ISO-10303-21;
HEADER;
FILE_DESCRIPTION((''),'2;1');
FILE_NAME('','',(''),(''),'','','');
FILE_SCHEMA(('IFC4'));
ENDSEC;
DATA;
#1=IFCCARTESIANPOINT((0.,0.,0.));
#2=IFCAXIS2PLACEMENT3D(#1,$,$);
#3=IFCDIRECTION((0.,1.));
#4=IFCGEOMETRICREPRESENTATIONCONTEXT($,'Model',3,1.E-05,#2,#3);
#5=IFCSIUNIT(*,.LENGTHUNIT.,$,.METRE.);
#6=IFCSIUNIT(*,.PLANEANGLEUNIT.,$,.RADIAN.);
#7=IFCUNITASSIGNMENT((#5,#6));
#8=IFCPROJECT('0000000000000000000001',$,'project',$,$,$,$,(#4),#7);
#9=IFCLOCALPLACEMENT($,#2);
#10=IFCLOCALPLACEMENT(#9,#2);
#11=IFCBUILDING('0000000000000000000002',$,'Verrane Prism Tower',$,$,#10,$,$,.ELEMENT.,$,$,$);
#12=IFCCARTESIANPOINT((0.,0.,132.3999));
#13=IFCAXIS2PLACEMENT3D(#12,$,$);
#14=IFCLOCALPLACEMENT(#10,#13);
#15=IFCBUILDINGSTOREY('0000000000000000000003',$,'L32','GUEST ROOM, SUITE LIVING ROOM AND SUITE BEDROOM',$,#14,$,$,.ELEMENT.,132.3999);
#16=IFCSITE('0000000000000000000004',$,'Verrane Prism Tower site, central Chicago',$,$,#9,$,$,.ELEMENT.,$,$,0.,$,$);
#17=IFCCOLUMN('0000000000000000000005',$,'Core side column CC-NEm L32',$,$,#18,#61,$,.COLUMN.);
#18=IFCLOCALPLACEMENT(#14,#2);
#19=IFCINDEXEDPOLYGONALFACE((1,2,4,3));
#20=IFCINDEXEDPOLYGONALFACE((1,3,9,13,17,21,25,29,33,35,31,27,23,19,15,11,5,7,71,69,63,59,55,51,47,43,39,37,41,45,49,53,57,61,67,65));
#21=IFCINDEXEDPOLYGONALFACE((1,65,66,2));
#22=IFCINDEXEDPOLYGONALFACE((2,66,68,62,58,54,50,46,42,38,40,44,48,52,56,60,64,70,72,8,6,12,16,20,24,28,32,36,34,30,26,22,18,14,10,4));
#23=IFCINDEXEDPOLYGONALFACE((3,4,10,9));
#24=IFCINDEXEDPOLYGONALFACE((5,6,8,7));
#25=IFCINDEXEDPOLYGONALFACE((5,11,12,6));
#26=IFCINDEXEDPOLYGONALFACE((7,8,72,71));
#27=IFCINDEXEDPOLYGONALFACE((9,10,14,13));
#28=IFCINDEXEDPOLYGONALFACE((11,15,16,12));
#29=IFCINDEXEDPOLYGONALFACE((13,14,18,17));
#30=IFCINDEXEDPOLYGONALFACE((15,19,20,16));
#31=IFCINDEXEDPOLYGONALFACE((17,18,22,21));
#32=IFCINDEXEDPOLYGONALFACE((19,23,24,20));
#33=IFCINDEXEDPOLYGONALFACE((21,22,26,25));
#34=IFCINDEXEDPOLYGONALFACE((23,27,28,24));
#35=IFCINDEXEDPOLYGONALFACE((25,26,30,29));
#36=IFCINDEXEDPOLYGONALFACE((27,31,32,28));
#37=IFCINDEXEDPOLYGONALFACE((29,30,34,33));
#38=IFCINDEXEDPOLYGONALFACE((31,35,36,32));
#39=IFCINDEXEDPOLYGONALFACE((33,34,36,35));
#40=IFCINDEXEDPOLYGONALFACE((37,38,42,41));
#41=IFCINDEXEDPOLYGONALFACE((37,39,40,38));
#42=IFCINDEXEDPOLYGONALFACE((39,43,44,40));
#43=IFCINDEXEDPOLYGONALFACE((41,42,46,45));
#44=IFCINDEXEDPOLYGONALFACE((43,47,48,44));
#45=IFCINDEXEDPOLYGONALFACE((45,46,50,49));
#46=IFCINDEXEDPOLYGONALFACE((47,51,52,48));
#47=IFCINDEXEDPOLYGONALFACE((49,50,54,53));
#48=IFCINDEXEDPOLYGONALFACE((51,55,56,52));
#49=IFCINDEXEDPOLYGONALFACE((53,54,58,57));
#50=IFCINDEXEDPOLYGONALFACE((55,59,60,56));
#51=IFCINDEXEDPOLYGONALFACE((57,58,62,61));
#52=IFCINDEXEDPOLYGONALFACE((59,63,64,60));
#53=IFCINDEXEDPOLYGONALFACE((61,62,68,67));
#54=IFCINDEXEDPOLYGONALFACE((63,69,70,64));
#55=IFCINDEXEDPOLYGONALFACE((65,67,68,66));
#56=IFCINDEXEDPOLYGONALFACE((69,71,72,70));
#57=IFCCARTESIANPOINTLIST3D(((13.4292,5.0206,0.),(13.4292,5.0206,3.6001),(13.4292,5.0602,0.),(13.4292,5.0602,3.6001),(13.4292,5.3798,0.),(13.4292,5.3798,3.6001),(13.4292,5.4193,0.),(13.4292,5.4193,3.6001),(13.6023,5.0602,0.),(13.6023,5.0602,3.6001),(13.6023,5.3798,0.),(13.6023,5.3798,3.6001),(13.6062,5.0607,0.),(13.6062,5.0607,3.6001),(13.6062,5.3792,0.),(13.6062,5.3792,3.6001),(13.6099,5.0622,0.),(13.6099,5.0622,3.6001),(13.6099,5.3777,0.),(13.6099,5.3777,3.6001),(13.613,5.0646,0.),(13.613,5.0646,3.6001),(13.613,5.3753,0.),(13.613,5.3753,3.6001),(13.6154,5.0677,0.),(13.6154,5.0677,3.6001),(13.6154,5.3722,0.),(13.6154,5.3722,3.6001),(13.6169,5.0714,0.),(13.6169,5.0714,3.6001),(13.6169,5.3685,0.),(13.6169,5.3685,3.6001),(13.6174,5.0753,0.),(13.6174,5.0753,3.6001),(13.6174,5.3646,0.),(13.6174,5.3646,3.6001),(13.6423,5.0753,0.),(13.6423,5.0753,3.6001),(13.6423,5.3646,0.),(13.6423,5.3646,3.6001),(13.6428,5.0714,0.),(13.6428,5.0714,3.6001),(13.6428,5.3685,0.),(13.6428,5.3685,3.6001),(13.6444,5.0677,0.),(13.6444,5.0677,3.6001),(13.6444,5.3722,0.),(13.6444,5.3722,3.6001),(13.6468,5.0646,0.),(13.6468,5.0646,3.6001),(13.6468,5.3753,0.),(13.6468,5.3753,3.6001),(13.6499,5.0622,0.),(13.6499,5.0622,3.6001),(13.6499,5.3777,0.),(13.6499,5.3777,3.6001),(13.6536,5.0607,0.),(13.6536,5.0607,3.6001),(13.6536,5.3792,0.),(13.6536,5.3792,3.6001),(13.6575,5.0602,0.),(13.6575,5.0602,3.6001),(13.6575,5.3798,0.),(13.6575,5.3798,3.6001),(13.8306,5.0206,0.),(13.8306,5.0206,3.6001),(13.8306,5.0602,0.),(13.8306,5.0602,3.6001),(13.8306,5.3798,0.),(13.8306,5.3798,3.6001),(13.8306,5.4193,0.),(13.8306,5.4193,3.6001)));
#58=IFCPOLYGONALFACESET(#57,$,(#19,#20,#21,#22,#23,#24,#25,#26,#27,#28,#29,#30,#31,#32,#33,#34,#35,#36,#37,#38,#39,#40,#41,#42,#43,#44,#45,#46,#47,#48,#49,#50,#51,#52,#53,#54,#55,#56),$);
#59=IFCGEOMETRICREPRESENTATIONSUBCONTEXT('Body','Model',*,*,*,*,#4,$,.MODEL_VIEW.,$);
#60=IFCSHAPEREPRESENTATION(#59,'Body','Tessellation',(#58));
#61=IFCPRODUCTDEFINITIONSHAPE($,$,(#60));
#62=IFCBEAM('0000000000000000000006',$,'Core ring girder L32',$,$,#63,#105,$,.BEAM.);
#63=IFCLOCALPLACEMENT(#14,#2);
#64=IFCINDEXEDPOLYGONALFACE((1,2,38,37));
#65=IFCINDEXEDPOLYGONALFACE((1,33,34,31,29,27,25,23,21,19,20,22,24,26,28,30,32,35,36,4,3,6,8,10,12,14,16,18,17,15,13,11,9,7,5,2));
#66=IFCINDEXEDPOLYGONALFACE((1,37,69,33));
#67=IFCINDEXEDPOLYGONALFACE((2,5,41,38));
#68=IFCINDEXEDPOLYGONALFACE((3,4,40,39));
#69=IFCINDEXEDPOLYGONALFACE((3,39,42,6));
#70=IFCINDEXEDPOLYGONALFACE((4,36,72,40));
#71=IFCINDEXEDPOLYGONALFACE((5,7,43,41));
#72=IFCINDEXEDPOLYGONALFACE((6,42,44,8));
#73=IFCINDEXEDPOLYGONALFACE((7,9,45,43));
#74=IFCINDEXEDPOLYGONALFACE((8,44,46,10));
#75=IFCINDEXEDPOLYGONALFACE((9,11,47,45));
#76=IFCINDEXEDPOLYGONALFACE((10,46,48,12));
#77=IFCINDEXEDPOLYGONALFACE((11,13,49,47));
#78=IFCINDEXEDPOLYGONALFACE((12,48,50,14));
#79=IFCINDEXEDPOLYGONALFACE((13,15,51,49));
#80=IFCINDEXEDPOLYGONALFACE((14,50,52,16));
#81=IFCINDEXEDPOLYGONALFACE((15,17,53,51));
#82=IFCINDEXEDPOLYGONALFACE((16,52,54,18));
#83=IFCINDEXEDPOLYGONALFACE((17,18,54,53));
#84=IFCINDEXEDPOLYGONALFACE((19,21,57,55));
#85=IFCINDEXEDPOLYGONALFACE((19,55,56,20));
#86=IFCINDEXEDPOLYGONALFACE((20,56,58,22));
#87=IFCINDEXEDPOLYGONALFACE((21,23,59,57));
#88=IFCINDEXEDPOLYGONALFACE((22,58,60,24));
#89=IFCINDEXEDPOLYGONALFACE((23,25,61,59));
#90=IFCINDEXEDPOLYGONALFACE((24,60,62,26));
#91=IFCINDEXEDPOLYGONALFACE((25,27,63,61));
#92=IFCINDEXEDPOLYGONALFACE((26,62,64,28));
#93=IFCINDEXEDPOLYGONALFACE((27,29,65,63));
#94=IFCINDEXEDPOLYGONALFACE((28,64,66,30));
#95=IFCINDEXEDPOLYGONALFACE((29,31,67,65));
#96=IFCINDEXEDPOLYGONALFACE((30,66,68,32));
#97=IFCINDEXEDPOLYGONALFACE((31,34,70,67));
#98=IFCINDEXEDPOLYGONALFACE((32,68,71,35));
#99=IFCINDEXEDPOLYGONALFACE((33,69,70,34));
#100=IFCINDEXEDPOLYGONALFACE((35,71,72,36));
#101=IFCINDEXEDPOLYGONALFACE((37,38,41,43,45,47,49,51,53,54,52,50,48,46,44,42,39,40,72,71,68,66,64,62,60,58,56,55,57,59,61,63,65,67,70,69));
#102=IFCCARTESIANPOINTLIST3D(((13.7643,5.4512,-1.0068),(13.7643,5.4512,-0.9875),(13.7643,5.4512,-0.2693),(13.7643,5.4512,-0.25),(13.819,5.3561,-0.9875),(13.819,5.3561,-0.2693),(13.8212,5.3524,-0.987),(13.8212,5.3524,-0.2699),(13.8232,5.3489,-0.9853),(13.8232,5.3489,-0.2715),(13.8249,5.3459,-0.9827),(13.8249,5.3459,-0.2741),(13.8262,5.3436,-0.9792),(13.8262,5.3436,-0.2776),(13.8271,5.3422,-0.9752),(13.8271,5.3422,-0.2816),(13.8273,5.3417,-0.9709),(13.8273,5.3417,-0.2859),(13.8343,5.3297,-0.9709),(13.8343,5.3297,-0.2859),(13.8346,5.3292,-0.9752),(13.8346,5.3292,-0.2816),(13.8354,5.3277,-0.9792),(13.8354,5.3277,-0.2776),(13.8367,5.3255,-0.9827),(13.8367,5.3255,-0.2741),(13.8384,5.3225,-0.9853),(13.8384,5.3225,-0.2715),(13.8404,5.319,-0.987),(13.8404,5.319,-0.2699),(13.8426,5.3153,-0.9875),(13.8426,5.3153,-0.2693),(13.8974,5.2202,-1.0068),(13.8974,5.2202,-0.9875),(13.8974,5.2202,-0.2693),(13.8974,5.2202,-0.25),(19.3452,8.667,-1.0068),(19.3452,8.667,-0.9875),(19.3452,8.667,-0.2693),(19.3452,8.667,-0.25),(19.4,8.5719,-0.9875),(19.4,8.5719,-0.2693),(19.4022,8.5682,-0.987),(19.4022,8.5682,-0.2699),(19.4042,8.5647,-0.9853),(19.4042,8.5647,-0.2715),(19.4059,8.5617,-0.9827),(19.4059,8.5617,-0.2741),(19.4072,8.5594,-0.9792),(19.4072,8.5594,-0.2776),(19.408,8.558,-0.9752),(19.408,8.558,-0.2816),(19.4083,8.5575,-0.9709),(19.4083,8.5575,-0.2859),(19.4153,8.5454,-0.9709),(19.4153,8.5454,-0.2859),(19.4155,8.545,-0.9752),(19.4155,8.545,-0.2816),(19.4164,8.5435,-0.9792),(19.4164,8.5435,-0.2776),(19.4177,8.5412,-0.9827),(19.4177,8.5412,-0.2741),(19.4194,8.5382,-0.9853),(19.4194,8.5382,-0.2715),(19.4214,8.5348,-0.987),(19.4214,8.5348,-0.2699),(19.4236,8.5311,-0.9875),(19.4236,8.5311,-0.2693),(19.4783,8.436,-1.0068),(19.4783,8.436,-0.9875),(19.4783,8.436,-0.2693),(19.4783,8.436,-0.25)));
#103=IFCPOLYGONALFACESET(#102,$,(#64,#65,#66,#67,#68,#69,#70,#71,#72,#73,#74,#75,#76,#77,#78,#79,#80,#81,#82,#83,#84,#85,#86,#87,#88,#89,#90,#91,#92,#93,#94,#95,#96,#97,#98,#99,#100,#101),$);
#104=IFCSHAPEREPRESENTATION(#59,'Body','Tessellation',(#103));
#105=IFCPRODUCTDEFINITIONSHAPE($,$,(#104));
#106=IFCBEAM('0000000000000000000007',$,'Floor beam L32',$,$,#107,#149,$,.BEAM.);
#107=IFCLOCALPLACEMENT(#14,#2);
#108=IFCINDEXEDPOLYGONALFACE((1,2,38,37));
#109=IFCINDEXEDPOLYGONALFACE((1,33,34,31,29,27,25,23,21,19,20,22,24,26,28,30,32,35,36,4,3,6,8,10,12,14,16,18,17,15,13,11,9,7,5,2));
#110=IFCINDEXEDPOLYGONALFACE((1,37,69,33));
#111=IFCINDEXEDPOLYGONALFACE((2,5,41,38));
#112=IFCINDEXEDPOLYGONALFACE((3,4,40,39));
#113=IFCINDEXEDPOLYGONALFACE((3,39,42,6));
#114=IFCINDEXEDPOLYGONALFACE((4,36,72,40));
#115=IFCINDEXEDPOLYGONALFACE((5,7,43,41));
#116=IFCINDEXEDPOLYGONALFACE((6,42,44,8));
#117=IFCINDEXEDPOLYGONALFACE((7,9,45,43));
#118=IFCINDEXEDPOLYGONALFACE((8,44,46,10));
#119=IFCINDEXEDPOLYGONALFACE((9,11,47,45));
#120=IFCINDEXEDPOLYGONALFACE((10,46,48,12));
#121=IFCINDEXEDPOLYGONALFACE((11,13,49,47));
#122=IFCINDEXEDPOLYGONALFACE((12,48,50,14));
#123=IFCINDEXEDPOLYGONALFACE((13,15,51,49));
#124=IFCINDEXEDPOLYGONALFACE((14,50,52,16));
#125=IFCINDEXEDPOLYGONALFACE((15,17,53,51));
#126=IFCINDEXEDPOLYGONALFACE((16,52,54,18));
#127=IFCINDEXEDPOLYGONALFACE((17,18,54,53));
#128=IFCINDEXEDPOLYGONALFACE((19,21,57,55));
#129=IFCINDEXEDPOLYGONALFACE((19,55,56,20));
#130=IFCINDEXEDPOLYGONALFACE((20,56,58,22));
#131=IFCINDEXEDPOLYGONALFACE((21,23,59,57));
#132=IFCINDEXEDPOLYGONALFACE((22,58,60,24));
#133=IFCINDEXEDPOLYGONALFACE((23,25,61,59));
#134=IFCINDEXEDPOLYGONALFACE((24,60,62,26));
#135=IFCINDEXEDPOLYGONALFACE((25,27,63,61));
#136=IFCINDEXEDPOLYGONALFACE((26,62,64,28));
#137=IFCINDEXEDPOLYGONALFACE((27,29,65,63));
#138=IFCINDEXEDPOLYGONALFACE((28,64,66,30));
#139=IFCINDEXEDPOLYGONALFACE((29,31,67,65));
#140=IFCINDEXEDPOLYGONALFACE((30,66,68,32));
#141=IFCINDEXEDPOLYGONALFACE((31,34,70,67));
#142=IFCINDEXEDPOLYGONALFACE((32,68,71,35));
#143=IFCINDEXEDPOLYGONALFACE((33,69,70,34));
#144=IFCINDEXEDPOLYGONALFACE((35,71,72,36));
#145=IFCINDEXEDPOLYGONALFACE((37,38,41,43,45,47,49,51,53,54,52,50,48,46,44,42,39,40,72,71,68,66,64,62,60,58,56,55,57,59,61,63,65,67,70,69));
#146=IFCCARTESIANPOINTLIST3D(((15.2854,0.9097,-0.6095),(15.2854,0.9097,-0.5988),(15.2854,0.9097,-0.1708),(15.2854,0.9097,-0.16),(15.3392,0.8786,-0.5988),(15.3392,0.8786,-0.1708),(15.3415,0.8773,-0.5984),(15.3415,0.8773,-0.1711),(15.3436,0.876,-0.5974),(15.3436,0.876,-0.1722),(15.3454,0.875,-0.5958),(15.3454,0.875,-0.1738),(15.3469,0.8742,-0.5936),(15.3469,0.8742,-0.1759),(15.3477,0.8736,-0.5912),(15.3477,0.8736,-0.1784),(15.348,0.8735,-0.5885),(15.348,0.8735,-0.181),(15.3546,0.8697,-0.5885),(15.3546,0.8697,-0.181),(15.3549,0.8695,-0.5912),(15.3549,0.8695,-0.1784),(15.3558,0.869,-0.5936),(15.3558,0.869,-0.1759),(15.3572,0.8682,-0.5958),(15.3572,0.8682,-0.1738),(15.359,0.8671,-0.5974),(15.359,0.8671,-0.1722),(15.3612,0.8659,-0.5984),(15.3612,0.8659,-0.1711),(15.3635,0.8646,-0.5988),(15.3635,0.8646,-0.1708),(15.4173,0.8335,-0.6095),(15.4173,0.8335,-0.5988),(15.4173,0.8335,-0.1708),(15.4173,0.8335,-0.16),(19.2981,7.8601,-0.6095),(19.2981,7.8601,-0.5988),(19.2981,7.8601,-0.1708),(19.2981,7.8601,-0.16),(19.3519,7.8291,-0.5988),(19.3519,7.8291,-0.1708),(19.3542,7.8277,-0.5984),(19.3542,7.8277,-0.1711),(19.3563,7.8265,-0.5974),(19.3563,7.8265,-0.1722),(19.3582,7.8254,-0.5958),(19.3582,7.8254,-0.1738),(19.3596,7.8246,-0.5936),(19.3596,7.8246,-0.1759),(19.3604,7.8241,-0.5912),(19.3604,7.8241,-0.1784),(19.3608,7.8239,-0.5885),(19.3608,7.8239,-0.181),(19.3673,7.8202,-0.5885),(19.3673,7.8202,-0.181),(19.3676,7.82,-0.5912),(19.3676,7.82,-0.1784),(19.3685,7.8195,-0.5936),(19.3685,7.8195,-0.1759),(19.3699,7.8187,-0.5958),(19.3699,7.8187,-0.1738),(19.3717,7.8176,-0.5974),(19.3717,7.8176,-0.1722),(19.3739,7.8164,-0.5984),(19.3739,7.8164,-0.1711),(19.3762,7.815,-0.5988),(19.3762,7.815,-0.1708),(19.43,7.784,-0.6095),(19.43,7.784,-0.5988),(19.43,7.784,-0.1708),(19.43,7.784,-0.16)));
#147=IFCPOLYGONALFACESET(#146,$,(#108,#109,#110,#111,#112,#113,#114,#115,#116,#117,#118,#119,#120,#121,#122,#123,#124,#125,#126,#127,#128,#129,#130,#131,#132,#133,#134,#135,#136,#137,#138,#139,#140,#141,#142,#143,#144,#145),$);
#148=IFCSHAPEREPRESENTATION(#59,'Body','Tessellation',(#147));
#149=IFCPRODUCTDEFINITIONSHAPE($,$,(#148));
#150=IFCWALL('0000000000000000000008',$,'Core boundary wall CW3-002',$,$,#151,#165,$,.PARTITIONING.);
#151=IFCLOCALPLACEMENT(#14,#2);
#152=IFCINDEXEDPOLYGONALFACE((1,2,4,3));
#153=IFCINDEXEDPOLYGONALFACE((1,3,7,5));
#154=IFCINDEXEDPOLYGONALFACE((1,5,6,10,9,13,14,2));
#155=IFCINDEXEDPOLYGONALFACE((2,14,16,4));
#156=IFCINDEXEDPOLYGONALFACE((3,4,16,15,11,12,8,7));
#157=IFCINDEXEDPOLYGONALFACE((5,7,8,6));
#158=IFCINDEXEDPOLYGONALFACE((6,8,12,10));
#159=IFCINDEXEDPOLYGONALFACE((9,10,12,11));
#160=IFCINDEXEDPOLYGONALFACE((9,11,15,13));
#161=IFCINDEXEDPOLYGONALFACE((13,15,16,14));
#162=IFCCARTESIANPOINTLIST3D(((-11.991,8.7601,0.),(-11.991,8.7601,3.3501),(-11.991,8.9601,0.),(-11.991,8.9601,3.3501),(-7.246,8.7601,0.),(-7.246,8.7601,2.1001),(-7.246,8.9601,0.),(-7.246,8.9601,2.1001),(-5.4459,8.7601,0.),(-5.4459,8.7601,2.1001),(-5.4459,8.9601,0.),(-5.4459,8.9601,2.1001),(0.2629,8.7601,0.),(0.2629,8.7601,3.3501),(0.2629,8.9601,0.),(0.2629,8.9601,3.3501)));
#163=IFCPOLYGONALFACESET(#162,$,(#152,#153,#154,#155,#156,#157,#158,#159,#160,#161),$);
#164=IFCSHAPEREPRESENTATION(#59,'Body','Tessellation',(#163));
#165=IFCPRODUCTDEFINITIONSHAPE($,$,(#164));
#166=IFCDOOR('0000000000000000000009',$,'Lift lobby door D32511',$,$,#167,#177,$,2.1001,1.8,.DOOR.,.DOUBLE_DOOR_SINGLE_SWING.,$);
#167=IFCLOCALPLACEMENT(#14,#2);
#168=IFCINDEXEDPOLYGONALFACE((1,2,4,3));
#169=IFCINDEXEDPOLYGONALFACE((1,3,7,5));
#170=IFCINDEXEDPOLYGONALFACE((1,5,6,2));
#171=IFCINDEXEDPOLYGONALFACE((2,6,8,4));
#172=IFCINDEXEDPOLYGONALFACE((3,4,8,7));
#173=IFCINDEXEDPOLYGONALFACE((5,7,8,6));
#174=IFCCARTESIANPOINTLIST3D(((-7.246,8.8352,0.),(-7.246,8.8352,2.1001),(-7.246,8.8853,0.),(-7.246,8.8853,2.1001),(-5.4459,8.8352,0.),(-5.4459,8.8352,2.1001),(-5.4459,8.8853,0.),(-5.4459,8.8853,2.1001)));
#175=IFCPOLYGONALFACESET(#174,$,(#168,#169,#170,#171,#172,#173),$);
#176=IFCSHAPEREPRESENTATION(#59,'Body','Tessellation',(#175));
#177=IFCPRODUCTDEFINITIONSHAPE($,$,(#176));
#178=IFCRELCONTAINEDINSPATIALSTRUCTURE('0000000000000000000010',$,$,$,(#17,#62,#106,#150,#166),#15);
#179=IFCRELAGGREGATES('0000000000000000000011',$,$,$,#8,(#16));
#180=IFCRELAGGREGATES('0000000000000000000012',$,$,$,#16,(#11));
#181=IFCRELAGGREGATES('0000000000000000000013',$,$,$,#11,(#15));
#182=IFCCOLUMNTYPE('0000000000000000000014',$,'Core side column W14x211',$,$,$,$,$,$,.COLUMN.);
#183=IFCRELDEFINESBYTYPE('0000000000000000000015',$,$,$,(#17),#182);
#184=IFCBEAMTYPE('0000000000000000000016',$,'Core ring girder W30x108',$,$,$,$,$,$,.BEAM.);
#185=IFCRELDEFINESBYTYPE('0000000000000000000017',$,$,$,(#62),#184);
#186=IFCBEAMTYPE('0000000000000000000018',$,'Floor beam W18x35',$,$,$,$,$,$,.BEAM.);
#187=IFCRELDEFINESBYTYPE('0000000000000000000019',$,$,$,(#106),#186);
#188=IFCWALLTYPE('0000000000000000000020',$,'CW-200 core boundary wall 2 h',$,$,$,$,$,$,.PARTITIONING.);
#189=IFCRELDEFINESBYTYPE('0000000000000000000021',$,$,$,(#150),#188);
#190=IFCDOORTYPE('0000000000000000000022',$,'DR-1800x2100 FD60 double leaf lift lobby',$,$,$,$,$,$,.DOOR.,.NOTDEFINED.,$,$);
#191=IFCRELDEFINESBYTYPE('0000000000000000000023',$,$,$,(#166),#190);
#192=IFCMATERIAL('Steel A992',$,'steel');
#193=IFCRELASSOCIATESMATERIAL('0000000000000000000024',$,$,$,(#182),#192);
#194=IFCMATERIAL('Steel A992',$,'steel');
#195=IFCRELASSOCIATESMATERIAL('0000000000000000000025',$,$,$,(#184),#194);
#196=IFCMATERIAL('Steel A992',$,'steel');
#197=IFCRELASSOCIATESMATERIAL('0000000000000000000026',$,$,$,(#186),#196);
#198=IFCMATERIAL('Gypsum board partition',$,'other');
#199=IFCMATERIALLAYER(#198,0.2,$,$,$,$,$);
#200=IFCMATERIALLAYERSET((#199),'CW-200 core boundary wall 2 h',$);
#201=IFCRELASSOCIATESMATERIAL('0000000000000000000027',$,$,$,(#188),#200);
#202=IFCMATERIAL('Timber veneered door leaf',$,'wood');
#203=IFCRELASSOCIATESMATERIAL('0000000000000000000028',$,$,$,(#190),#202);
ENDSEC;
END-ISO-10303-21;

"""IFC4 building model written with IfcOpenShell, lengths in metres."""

from ifc_helpers import new_model, si_unit, direction, frame, frame_2d, origin, origin_2d, place, context, subcontext, project, spatial, rectangle, i_section, extrude, material, layer, layer_set, material_profile, profile_set, type_object, element, fill, save


model = new_model("IFC4")

# Units and contexts
model_context = context("Model", 3, precision=1e-05, world=origin(), true_north=direction((0.0, 1.0)))
body_context = subcontext(model_context, "Body", "Model", "MODEL_VIEW")
ifc_project = project(units=[si_unit("LENGTHUNIT", "METRE"), si_unit("PLANEANGLEUNIT", "RADIAN")], contexts=[model_context])

# Site, building, storey
site_placement = place(None, origin())
site = spatial("IfcSite", under=ifc_project, at=site_placement, Name="Verrane Prism Tower site, central Chicago", CompositionType="ELEMENT", RefElevation=0.0)
building_placement = place(site_placement, origin())
building = spatial("IfcBuilding", under=site, at=building_placement, Name="Verrane Prism Tower", CompositionType="ELEMENT")
storey_placement = place(building_placement, frame((0.0, 0.0, 132.3999)))
storey = spatial("IfcBuildingStorey", under=building, at=storey_placement, Name="L32", Description="GUEST ROOM, SUITE LIVING ROOM AND SUITE BEDROOM", CompositionType="ELEMENT", Elevation=132.3999)

# Column
ifc_material_1 = material(Name="Steel A992", Category="steel")
ifc_material_profile_1 = material_profile(ifc_material_1, i_section(OverallWidth=0.4014, OverallDepth=0.3987, WebThickness=0.0249, FlangeThickness=0.0396, FilletRadius=0.0151, at=origin_2d()), Name="W14x211")
ifc_profile_set_1 = profile_set([ifc_material_profile_1], Name="Steel A992")
column_type = type_object("IfcColumnType", Name="Core side column W14x211", PredefinedType="COLUMN", material=ifc_profile_set_1)
column_placement = place(storey_placement, frame((13.6299, 5.22, 0.0), z_axis=(0.0, 0.0, 1.0), x_axis=(1.0, 0.0, 0.0)))
element("IfcColumn", 1, at=column_placement, inside=storey, type_object=column_type, Name="Core side column CC-NEm L32", PredefinedType="COLUMN", context=body_context, shape_type="SweptSolid", body=[
    extrude(i_section(OverallWidth=0.4014, OverallDepth=0.3987, WebThickness=0.0249, FlangeThickness=0.0396, FilletRadius=0.0151, at=origin_2d()), origin(), (0.0, 0.0, 1.0), 3.6001),
])

# Beams
ifc_material_2 = material(Name="Steel A992", Category="steel")
ifc_material_profile_2 = material_profile(ifc_material_2, i_section(OverallWidth=0.2666, OverallDepth=0.7568, WebThickness=0.0139, FlangeThickness=0.0193, FilletRadius=0.0166, at=origin_2d()), Name="W30x108")
ifc_profile_set_2 = profile_set([ifc_material_profile_2], Name="Steel A992")
beam_type_1 = type_object("IfcBeamType", Name="Core ring girder W30x108", PredefinedType="BEAM", material=ifc_profile_set_2)
beam_1_placement = place(storey_placement, frame((13.8308, 5.3357, -0.6284), z_axis=(0.866456, 0.499254, 0.0), x_axis=(-0.499254, 0.866456, 0.0)))
element("IfcBeam", 2, at=beam_1_placement, inside=storey, type_object=beam_type_1, Name="Core ring girder L32", PredefinedType="BEAM", context=body_context, shape_type="SweptSolid", body=[
    extrude(i_section(OverallWidth=0.2666, OverallDepth=0.7568, WebThickness=0.0139, FlangeThickness=0.0193, FilletRadius=0.0166, at=origin_2d()), origin(), (0.0, 0.0, 1.0), 6.4412),
])
ifc_material_3 = material(Name="Steel A992", Category="steel")
ifc_material_profile_3 = material_profile(ifc_material_3, i_section(OverallWidth=0.1523, OverallDepth=0.4495, WebThickness=0.0076, FlangeThickness=0.0107, FilletRadius=0.0103, at=origin_2d()), Name="W18x35")
ifc_profile_set_3 = profile_set([ifc_material_profile_3], Name="Steel A992")
beam_type_2 = type_object("IfcBeamType", Name="Floor beam W18x35", PredefinedType="BEAM", material=ifc_profile_set_3)
beam_2_placement = place(storey_placement, frame((15.3513, 0.8716, -0.3848), z_axis=(0.499987, 0.866033, 0.0), x_axis=(-0.866033, 0.499987, 0.0)))
element("IfcBeam", 3, at=beam_2_placement, inside=storey, type_object=beam_type_2, Name="Floor beam L32", PredefinedType="BEAM", context=body_context, shape_type="SweptSolid", body=[
    extrude(i_section(OverallWidth=0.1523, OverallDepth=0.4495, WebThickness=0.0076, FlangeThickness=0.0107, FilletRadius=0.0103, at=origin_2d()), origin(), (0.0, 0.0, 1.0), 8.0256),
])

# Wall, opening, door
ifc_material_4 = material(Name="Gypsum board partition", Category="other")
ifc_layer_1 = layer(ifc_material_4, 0.2)
ifc_layer_set_1 = layer_set([ifc_layer_1], Name="CW-200 core boundary wall 2 h")
wall_type_1 = type_object("IfcWallType", Name="CW-200 core boundary wall 2 h", PredefinedType="PARTITIONING", material=ifc_layer_set_1)
wall_1_placement = place(storey_placement, frame((0.2629, 8.8601, 0.0), z_axis=(0.0, 0.0, 1.0), x_axis=(-1.0, 0.0, 0.0)))
wall_1 = element("IfcWall", 4, at=wall_1_placement, inside=storey, type_object=wall_type_1, Name="Core boundary wall CW3-002", PredefinedType="PARTITIONING", context=body_context, shape_type="SweptSolid", body=[
    extrude(rectangle(XDim=12.2539, YDim=0.2, at=frame_2d((6.127, 0.0))), origin(), (0.0, 0.0, 1.0), 3.3501),
])
opening_1_placement = place(wall_1_placement, frame((5.709, 0.0, 0.0)))
opening_1 = element("IfcOpeningElement", 5, at=opening_1_placement, cuts=wall_1, PredefinedType="OPENING", context=body_context, shape_type="SweptSolid", body=[
    extrude(rectangle(XDim=1.8, YDim=2.1001, at=frame_2d((0.8999, 1.05))), frame((0.0, 0.1099, 0.0), z_axis=(0.0, -1.0, 0.0), x_axis=(1.0, 0.0, 0.0)), (0.0, 0.0, 1.0), 0.22),
])
ifc_material_5 = material(Name="Timber veneered door leaf", Category="wood")
door_type_1 = type_object("IfcDoorType", Name="DR-1800x2100 FD60 double leaf lift lobby", OperationType="NOTDEFINED", PredefinedType="DOOR", material=ifc_material_5)
door_1_placement = place(opening_1_placement, origin())
door_1 = element("IfcDoor", 6, at=door_1_placement, inside=storey, type_object=door_type_1, Name="Lift lobby door D32511", OperationType="DOUBLE_DOOR_SINGLE_SWING", OverallHeight=2.1001, OverallWidth=1.8, PredefinedType="DOOR", context=body_context, shape_type="SweptSolid", body=[
    extrude(rectangle(XDim=1.8, YDim=2.1001, at=frame_2d((0.8999, 1.05))), frame((0.0, 0.0249, 0.0), z_axis=(0.0, -1.0, 0.0), x_axis=(1.0, 0.0, 0.0)), (0.0, 0.0, 1.0), 0.05),
])
fill(opening_1, door_1)

save(model, "model.ifc")
